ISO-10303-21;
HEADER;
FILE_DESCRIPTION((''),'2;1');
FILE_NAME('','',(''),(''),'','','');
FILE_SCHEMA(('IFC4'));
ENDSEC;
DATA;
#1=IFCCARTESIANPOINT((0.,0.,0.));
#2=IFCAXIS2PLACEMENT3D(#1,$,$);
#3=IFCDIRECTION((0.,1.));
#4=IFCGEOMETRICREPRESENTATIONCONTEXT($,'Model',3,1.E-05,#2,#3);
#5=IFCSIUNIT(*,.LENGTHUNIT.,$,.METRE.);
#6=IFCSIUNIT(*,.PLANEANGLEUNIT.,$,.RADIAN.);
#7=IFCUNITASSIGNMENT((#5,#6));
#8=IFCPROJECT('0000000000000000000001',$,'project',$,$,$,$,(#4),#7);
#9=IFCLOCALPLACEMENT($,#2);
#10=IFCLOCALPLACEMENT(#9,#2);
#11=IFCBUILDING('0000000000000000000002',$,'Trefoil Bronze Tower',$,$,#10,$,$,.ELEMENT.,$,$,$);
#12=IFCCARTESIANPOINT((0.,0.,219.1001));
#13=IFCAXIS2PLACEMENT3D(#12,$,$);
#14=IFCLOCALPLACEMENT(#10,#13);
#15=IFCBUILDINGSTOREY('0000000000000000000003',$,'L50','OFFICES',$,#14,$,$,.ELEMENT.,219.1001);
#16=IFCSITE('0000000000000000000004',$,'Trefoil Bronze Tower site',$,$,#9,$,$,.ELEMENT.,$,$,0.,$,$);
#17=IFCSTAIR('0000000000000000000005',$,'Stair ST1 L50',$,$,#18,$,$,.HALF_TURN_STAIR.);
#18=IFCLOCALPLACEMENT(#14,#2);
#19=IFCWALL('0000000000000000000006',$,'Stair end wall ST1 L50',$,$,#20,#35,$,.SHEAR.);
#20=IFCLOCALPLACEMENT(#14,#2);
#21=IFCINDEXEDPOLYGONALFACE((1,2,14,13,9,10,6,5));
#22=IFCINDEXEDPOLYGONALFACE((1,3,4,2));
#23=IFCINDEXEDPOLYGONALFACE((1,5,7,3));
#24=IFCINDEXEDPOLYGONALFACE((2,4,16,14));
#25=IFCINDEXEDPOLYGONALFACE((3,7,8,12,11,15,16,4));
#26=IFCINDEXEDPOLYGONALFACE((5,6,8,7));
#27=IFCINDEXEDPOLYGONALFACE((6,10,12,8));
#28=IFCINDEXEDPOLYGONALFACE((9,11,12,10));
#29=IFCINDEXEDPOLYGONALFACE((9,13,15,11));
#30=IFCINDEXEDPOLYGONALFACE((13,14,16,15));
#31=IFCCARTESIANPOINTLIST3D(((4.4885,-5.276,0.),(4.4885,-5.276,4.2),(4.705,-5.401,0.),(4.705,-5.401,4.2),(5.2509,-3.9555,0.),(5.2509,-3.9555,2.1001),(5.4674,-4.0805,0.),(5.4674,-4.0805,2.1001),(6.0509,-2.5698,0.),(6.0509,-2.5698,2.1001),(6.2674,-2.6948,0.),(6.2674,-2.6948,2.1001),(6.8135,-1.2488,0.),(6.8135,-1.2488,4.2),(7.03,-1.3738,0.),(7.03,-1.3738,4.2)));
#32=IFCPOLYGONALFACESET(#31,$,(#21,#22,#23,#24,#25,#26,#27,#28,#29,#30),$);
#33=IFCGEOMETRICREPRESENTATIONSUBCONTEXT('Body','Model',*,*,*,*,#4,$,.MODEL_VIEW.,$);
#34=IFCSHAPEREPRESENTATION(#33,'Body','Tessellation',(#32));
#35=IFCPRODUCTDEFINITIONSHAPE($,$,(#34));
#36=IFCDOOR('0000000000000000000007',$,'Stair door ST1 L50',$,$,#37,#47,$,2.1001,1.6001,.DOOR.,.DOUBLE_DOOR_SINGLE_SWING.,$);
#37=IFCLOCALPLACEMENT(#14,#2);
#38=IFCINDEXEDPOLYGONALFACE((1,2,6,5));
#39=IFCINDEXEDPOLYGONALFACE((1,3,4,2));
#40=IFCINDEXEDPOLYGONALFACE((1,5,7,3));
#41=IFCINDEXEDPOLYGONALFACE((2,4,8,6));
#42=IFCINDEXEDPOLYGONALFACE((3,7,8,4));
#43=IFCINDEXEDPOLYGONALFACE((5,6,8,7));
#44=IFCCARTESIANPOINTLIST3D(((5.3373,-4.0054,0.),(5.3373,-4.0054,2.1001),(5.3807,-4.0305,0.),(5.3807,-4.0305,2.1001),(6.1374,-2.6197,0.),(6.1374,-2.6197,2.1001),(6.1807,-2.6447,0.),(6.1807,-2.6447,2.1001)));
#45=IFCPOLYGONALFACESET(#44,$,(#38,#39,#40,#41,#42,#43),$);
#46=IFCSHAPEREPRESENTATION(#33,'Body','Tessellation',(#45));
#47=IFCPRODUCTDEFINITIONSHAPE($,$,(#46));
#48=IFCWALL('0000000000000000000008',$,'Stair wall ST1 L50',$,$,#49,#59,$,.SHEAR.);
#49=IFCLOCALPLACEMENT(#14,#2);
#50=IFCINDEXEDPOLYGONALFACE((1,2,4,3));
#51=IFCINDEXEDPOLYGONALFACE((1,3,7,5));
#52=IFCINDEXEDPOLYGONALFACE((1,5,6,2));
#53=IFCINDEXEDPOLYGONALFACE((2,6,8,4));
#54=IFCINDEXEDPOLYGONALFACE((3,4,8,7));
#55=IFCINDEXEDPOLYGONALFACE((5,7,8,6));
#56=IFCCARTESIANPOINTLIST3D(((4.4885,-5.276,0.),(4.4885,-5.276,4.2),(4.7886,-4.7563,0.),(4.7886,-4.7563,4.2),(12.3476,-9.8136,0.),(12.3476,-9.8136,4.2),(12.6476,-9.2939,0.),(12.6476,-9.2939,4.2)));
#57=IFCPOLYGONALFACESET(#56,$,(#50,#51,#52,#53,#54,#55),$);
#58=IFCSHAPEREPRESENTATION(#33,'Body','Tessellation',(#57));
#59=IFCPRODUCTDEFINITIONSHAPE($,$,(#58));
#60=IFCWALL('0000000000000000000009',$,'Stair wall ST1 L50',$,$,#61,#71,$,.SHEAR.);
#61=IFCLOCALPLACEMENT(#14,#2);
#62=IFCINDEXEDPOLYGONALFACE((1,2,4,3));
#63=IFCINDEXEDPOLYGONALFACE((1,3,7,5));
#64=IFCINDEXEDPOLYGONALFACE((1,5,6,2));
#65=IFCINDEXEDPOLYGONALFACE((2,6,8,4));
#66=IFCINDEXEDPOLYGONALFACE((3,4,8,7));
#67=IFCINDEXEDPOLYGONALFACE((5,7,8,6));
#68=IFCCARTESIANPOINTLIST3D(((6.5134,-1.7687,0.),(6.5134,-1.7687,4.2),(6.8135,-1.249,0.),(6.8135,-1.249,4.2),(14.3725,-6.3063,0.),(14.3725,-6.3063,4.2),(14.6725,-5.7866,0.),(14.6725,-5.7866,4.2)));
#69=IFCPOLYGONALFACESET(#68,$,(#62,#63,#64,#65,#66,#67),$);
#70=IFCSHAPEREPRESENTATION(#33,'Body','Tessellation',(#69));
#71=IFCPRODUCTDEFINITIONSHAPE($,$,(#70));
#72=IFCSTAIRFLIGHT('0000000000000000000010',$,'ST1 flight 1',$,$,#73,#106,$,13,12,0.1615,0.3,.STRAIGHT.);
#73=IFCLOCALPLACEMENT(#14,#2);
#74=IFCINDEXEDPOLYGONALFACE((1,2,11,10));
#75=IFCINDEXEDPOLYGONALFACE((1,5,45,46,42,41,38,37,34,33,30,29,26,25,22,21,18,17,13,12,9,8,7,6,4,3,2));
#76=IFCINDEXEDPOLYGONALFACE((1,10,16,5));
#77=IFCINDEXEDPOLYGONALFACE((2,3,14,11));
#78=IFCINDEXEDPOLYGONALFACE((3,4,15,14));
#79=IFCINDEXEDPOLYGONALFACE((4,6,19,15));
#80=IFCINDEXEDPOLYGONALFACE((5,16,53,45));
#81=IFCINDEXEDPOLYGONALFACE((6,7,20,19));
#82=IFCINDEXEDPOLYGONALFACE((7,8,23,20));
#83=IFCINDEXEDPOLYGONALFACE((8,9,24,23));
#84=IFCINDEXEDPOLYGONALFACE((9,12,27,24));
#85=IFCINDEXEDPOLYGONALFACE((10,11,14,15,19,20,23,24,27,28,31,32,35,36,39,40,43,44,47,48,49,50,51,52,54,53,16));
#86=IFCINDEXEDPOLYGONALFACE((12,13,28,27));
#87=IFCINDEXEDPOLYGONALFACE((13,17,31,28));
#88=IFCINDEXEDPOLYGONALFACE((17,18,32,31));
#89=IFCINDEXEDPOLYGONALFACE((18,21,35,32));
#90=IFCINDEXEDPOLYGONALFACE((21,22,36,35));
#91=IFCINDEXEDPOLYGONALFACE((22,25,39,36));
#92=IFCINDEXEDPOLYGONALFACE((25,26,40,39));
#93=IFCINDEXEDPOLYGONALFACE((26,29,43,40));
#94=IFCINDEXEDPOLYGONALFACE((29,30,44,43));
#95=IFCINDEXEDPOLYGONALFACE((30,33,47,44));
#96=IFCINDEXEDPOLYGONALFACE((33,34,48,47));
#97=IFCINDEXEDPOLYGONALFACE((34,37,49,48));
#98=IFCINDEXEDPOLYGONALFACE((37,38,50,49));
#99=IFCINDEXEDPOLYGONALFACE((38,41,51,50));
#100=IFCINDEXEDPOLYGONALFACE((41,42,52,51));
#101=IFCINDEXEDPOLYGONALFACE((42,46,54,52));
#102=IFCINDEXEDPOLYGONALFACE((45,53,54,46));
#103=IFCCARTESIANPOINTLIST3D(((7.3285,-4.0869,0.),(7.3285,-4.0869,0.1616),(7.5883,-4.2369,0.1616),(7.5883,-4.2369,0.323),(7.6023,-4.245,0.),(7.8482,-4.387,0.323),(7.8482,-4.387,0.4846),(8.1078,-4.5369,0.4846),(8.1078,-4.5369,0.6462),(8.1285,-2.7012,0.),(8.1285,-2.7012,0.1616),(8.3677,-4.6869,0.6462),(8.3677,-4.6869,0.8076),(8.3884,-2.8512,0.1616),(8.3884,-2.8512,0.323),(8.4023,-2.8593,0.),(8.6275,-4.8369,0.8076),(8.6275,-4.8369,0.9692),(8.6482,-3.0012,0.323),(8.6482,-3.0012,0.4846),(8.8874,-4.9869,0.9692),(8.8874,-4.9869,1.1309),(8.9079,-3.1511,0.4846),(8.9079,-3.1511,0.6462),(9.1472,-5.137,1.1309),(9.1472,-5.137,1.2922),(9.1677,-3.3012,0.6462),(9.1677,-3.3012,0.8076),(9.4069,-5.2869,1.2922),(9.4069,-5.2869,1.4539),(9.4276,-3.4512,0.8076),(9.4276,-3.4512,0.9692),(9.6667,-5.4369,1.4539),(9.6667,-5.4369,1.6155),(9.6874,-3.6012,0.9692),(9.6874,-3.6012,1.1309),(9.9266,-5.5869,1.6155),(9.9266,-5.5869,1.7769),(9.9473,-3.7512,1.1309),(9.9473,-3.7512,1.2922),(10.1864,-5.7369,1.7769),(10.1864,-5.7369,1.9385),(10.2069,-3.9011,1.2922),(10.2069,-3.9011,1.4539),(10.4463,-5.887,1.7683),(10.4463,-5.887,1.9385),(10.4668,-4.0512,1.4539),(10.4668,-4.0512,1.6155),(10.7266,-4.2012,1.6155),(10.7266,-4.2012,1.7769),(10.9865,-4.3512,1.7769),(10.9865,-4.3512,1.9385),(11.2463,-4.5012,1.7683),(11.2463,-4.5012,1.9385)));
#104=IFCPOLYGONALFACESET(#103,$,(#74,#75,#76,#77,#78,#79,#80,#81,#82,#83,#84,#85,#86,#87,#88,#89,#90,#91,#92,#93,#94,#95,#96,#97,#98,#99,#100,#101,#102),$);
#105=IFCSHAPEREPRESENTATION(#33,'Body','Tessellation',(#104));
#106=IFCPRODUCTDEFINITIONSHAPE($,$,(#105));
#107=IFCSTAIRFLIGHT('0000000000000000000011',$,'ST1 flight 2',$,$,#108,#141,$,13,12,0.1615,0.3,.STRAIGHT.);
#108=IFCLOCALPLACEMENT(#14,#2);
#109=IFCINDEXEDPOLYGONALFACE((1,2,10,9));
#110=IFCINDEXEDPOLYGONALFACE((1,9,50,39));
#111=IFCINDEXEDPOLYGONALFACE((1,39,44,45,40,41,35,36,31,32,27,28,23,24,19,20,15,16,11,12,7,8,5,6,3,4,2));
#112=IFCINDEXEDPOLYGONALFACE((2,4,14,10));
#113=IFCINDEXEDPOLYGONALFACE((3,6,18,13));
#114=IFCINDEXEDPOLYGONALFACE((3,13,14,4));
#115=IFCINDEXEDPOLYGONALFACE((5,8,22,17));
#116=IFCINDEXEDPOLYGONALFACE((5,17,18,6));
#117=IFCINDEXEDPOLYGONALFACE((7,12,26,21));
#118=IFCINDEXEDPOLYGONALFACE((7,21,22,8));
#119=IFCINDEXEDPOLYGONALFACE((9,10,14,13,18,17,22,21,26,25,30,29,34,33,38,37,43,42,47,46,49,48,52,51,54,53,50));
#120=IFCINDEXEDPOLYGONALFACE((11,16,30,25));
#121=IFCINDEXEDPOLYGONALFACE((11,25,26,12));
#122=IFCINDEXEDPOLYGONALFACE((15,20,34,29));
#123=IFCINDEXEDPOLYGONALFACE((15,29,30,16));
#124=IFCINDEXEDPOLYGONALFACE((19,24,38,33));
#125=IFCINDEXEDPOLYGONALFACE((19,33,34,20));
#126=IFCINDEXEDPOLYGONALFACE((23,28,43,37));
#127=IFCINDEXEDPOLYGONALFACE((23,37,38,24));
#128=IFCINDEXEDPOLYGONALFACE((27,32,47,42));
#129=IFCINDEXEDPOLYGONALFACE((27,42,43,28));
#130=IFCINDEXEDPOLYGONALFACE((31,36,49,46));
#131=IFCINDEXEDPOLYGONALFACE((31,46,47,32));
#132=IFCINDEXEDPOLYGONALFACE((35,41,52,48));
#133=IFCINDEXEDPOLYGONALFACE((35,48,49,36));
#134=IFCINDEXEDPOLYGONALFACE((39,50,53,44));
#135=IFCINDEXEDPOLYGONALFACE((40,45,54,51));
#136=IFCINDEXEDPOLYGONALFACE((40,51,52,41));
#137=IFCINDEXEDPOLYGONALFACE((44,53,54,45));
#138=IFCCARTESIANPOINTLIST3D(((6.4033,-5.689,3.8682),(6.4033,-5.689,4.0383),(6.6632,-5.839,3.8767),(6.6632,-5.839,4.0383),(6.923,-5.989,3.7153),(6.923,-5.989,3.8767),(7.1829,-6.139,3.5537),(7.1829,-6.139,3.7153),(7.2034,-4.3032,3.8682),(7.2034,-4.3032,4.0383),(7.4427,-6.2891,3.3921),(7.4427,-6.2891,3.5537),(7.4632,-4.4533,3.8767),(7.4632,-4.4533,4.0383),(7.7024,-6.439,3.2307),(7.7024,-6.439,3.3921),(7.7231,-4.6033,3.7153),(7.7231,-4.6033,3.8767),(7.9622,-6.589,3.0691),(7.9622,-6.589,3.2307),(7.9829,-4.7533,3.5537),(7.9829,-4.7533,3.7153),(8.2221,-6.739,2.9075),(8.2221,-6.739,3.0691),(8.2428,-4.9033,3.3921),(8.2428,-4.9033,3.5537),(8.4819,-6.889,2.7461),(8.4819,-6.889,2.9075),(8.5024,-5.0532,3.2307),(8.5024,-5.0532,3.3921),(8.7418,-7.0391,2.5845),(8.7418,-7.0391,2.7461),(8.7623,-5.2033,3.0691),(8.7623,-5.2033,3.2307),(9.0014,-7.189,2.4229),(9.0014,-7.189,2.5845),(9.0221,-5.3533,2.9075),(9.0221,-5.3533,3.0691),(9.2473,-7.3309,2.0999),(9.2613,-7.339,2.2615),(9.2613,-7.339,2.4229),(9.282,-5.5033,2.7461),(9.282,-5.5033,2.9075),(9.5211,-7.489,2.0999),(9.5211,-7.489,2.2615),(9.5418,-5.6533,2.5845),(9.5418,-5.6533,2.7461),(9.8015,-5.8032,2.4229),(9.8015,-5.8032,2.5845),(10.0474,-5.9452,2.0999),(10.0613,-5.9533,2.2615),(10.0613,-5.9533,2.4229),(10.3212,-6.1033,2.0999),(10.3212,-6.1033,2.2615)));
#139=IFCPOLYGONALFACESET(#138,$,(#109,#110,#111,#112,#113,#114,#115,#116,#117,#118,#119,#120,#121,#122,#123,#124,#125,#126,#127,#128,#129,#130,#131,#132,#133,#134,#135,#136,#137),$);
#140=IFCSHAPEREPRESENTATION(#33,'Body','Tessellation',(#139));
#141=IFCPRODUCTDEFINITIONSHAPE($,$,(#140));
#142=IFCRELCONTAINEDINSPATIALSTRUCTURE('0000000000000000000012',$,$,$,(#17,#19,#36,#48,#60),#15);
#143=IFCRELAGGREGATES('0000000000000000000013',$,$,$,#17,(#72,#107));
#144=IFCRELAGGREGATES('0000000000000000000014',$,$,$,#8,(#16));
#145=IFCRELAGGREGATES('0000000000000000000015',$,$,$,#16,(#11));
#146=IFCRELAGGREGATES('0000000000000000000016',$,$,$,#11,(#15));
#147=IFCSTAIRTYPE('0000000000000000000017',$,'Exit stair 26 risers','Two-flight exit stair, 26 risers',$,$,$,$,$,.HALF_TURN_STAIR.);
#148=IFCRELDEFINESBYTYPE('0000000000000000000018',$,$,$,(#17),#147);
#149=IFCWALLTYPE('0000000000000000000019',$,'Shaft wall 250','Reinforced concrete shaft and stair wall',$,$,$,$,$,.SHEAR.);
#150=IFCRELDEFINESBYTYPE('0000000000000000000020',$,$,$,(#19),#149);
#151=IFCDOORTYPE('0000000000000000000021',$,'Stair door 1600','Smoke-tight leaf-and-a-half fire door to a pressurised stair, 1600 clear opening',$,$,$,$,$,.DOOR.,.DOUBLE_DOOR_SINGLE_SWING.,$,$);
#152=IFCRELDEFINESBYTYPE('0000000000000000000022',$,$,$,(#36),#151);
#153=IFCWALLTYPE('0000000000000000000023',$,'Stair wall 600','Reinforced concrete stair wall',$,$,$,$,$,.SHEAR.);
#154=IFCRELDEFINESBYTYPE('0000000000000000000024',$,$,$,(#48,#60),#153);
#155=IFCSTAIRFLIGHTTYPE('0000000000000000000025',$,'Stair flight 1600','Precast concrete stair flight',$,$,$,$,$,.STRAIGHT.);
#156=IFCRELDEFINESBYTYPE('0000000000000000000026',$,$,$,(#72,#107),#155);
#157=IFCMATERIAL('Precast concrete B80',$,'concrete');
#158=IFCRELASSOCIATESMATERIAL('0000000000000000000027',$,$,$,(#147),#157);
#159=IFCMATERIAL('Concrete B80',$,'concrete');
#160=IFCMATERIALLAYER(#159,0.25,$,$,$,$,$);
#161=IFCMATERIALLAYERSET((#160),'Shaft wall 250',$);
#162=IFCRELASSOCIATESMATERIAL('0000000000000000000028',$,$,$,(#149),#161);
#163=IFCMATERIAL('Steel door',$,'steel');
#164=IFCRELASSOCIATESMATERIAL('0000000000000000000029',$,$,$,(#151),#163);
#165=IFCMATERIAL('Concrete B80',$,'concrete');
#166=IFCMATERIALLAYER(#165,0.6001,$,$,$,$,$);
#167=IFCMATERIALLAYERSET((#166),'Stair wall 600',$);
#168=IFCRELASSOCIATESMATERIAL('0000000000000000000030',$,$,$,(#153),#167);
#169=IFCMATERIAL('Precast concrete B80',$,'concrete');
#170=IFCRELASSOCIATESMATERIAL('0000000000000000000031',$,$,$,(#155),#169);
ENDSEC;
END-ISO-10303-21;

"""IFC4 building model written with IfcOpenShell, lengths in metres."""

from ifc_helpers import new_model, si_unit, direction, frame, frame_2d, origin, place, context, subcontext, project, spatial, polyline, rectangle, outline, extrude, material, layer, layer_set, type_object, element, fill, aggregate, save


model = new_model("IFC4")

# Units and contexts
model_context = context("Model", 3, precision=1e-05, world=origin(), true_north=direction((0.0, 1.0)))
body_context = subcontext(model_context, "Body", "Model", "MODEL_VIEW")
ifc_project = project(units=[si_unit("LENGTHUNIT", "METRE"), si_unit("PLANEANGLEUNIT", "RADIAN")], contexts=[model_context])

# Site, building, storey
site_placement = place(None, origin())
site = spatial("IfcSite", under=ifc_project, at=site_placement, Name="Trefoil Bronze Tower site", CompositionType="ELEMENT", RefElevation=0.0)
building_placement = place(site_placement, origin())
building = spatial("IfcBuilding", under=site, at=building_placement, Name="Trefoil Bronze Tower", CompositionType="ELEMENT")
storey_placement = place(building_placement, frame((0.0, 0.0, 219.1001)))
storey = spatial("IfcBuildingStorey", under=building, at=storey_placement, Name="L50", Description="OFFICES", CompositionType="ELEMENT", Elevation=219.1001)

# Stair
ifc_material_1 = material(Name="Precast concrete B80", Category="concrete")
stair_type = type_object("IfcStairType", Name="Exit stair 26 risers", Description="Two-flight exit stair, 26 risers", PredefinedType="HALF_TURN_STAIR", material=ifc_material_1)
stair_1_placement = place(storey_placement, origin())
stair_1 = element("IfcStair", 1, at=stair_1_placement, inside=storey, type_object=stair_type, Name="Stair ST1 L50", PredefinedType="HALF_TURN_STAIR")

# Wall, opening, door
ifc_material_2 = material(Name="Concrete B80", Category="concrete")
ifc_layer_1 = layer(ifc_material_2, 0.25)
ifc_layer_set_1 = layer_set([ifc_layer_1], Name="Shaft wall 250")
wall_type_1 = type_object("IfcWallType", Name="Shaft wall 250", Description="Reinforced concrete shaft and stair wall", PredefinedType="SHEAR", material=ifc_layer_set_1)
wall_1_placement = place(storey_placement, frame((4.5967, -5.3386, 0.0), z_axis=(0.0, 0.0, 1.0), x_axis=(0.499985, 0.866034, 0.0)))
wall_1 = element("IfcWall", 2, at=wall_1_placement, inside=storey, type_object=wall_type_1, Name="Stair end wall ST1 L50", PredefinedType="SHEAR", context=body_context, shape_type="SweptSolid", body=[
    extrude(rectangle(XDim=4.6501, YDim=0.25, at=frame_2d((2.3252, 0.0))), origin(), (0.0, 0.0, 1.0), 4.2),
])
opening_1_placement = place(wall_1_placement, frame((1.5249, 0.0, 0.0)))
opening_1 = element("IfcOpeningElement", 3, at=opening_1_placement, cuts=wall_1, PredefinedType="OPENING", context=body_context, shape_type="SweptSolid", body=[
    extrude(rectangle(XDim=1.6001, YDim=2.1001, at=frame_2d((0.8, 1.05))), frame((0.0, 0.135, 0.0), z_axis=(0.0, -1.0, 0.0), x_axis=(1.0, 0.0, 0.0)), (0.0, 0.0, 1.0), 0.27),
])
ifc_material_3 = material(Name="Steel door", Category="steel")
door_type_1 = type_object("IfcDoorType", Name="Stair door 1600", Description="Smoke-tight leaf-and-a-half fire door to a pressurised stair, 1600 clear opening", OperationType="DOUBLE_DOOR_SINGLE_SWING", PredefinedType="DOOR", material=ifc_material_3)
door_1_placement = place(opening_1_placement, frame((1.6001, 0.0, 0.0), z_axis=(0.0, 0.0, 1.0), x_axis=(-1.0, 0.0, 0.0)))
door_1 = element("IfcDoor", 4, at=door_1_placement, inside=storey, type_object=door_type_1, Name="Stair door ST1 L50", OperationType="DOUBLE_DOOR_SINGLE_SWING", OverallHeight=2.1001, OverallWidth=1.6001, PredefinedType="DOOR", context=body_context, shape_type="SweptSolid", body=[
    extrude(rectangle(XDim=1.6001, YDim=2.1001, at=frame_2d((0.8, 1.05))), frame((0.0, 0.0249, 0.0), z_axis=(0.0, -1.0, 0.0), x_axis=(1.0, 0.0, 0.0)), (0.0, 0.0, 1.0), 0.05),
])
fill(opening_1, door_1)

# Walls
ifc_material_4 = material(Name="Concrete B80", Category="concrete")
ifc_layer_2 = layer(ifc_material_4, 0.6001)
ifc_layer_set_2 = layer_set([ifc_layer_2], Name="Stair wall 600")
wall_type_2 = type_object("IfcWallType", Name="Stair wall 600", Description="Reinforced concrete stair wall", PredefinedType="SHEAR", material=ifc_layer_set_2)
for number, where, z_axis, x_axis, name in (
    (5, (4.6384, -5.0161, 0.0), (0.0, 0.0, 1.0), (0.866019, -0.50001, 0.0), "Stair wall ST1 L50"),
    (6, (6.6633, -1.5088, 0.0), (0.0, 0.0, 1.0), (0.866019, -0.50001, 0.0), "Stair wall ST1 L50"),
):
    element("IfcWall", number, at=place(storey_placement, frame(where, z_axis=z_axis, x_axis=x_axis)), inside=storey, type_object=wall_type_2, Name=name, PredefinedType="SHEAR", context=body_context, shape_type="SweptSolid", body=[
        extrude(rectangle(XDim=9.075, YDim=0.6001, at=frame_2d((4.5376, 0.0))), origin(), (0.0, 0.0, 1.0), 4.2),
    ])

# Stair flights
ifc_material_5 = material(Name="Precast concrete B80", Category="concrete")
stair_flight_type = type_object("IfcStairFlightType", Name="Stair flight 1600", Description="Precast concrete stair flight", PredefinedType="STRAIGHT", material=ifc_material_5)
stair_flight_1_placement = place(storey_placement, frame((7.7285, -3.394, 0.0), z_axis=(0.0, 0.0, 1.0), x_axis=(0.866025, -0.5, 0.0)))
stair_flight_1 = element("IfcStairFlight", 7, at=stair_flight_1_placement, type_object=stair_flight_type, Name="ST1 flight 1", NumberOfRisers=13, NumberOfTreads=12, PredefinedType="STRAIGHT", RiserHeight=0.1615, TreadLength=0.3, context=body_context, shape_type="SweptSolid", body=[
    extrude(outline(polyline([(0.0, 0.0), (0.0, 0.1616), (0.3, 0.1616), (0.3, 0.323), (0.6001, 0.323), (0.6001, 0.4846), (0.8999, 0.4846), (0.8999, 0.6462), (1.2, 0.6462), (1.2, 0.8076), (1.5, 0.8076), (1.5, 0.9692), (1.8, 0.9692), (1.8, 1.1309), (2.1001, 1.1309), (2.1001, 1.2922), (2.3999, 1.2922), (2.3999, 1.4539), (2.7, 1.4539), (2.7, 1.6155), (3.0, 1.6155), (3.0, 1.7769), (3.3, 1.7769), (3.3, 1.9385), (3.6001, 1.9385), (3.6001, 2.1001), (3.6001, 1.7683), (0.3162, 0.0), (0.0, 0.0)])), frame((0.0, 0.8, 0.0), z_axis=(0.0, -1.0, 0.0), x_axis=(1.0, 0.0, 0.0)), (0.0, 0.0, 1.0), 1.6001),
])
stair_flight_2_placement = place(storey_placement, frame((9.9211, -6.7961, 2.0999), z_axis=(0.0, 0.0, 1.0), x_axis=(-0.866025, 0.5, 0.0)))
stair_flight_2 = element("IfcStairFlight", 8, at=stair_flight_2_placement, type_object=stair_flight_type, Name="ST1 flight 2", NumberOfRisers=13, NumberOfTreads=12, PredefinedType="STRAIGHT", RiserHeight=0.1615, TreadLength=0.3, context=body_context, shape_type="SweptSolid", body=[
    extrude(outline(polyline([(0.0, 0.0), (0.0, 0.1616), (0.3, 0.1616), (0.3, 0.323), (0.6001, 0.323), (0.6001, 0.4846), (0.8999, 0.4846), (0.8999, 0.6462), (1.2, 0.6462), (1.2, 0.8076), (1.5, 0.8076), (1.5, 0.9692), (1.8, 0.9692), (1.8, 1.1309), (2.1001, 1.1309), (2.1001, 1.2922), (2.3999, 1.2922), (2.3999, 1.4539), (2.7, 1.4539), (2.7, 1.6155), (3.0, 1.6155), (3.0, 1.7769), (3.3, 1.7769), (3.3, 1.9385), (3.6001, 1.9385), (3.6001, 2.1001), (3.6001, 1.7683), (0.3162, 0.0), (0.0, 0.0)])), frame((0.0, 0.8, 0.0), z_axis=(0.0, -1.0, 0.0), x_axis=(1.0, 0.0, 0.0)), (0.0, 0.0, 1.0), 1.6001),
])
aggregate(stair_1, [stair_flight_1, stair_flight_2])

save(model, "model.ifc")
